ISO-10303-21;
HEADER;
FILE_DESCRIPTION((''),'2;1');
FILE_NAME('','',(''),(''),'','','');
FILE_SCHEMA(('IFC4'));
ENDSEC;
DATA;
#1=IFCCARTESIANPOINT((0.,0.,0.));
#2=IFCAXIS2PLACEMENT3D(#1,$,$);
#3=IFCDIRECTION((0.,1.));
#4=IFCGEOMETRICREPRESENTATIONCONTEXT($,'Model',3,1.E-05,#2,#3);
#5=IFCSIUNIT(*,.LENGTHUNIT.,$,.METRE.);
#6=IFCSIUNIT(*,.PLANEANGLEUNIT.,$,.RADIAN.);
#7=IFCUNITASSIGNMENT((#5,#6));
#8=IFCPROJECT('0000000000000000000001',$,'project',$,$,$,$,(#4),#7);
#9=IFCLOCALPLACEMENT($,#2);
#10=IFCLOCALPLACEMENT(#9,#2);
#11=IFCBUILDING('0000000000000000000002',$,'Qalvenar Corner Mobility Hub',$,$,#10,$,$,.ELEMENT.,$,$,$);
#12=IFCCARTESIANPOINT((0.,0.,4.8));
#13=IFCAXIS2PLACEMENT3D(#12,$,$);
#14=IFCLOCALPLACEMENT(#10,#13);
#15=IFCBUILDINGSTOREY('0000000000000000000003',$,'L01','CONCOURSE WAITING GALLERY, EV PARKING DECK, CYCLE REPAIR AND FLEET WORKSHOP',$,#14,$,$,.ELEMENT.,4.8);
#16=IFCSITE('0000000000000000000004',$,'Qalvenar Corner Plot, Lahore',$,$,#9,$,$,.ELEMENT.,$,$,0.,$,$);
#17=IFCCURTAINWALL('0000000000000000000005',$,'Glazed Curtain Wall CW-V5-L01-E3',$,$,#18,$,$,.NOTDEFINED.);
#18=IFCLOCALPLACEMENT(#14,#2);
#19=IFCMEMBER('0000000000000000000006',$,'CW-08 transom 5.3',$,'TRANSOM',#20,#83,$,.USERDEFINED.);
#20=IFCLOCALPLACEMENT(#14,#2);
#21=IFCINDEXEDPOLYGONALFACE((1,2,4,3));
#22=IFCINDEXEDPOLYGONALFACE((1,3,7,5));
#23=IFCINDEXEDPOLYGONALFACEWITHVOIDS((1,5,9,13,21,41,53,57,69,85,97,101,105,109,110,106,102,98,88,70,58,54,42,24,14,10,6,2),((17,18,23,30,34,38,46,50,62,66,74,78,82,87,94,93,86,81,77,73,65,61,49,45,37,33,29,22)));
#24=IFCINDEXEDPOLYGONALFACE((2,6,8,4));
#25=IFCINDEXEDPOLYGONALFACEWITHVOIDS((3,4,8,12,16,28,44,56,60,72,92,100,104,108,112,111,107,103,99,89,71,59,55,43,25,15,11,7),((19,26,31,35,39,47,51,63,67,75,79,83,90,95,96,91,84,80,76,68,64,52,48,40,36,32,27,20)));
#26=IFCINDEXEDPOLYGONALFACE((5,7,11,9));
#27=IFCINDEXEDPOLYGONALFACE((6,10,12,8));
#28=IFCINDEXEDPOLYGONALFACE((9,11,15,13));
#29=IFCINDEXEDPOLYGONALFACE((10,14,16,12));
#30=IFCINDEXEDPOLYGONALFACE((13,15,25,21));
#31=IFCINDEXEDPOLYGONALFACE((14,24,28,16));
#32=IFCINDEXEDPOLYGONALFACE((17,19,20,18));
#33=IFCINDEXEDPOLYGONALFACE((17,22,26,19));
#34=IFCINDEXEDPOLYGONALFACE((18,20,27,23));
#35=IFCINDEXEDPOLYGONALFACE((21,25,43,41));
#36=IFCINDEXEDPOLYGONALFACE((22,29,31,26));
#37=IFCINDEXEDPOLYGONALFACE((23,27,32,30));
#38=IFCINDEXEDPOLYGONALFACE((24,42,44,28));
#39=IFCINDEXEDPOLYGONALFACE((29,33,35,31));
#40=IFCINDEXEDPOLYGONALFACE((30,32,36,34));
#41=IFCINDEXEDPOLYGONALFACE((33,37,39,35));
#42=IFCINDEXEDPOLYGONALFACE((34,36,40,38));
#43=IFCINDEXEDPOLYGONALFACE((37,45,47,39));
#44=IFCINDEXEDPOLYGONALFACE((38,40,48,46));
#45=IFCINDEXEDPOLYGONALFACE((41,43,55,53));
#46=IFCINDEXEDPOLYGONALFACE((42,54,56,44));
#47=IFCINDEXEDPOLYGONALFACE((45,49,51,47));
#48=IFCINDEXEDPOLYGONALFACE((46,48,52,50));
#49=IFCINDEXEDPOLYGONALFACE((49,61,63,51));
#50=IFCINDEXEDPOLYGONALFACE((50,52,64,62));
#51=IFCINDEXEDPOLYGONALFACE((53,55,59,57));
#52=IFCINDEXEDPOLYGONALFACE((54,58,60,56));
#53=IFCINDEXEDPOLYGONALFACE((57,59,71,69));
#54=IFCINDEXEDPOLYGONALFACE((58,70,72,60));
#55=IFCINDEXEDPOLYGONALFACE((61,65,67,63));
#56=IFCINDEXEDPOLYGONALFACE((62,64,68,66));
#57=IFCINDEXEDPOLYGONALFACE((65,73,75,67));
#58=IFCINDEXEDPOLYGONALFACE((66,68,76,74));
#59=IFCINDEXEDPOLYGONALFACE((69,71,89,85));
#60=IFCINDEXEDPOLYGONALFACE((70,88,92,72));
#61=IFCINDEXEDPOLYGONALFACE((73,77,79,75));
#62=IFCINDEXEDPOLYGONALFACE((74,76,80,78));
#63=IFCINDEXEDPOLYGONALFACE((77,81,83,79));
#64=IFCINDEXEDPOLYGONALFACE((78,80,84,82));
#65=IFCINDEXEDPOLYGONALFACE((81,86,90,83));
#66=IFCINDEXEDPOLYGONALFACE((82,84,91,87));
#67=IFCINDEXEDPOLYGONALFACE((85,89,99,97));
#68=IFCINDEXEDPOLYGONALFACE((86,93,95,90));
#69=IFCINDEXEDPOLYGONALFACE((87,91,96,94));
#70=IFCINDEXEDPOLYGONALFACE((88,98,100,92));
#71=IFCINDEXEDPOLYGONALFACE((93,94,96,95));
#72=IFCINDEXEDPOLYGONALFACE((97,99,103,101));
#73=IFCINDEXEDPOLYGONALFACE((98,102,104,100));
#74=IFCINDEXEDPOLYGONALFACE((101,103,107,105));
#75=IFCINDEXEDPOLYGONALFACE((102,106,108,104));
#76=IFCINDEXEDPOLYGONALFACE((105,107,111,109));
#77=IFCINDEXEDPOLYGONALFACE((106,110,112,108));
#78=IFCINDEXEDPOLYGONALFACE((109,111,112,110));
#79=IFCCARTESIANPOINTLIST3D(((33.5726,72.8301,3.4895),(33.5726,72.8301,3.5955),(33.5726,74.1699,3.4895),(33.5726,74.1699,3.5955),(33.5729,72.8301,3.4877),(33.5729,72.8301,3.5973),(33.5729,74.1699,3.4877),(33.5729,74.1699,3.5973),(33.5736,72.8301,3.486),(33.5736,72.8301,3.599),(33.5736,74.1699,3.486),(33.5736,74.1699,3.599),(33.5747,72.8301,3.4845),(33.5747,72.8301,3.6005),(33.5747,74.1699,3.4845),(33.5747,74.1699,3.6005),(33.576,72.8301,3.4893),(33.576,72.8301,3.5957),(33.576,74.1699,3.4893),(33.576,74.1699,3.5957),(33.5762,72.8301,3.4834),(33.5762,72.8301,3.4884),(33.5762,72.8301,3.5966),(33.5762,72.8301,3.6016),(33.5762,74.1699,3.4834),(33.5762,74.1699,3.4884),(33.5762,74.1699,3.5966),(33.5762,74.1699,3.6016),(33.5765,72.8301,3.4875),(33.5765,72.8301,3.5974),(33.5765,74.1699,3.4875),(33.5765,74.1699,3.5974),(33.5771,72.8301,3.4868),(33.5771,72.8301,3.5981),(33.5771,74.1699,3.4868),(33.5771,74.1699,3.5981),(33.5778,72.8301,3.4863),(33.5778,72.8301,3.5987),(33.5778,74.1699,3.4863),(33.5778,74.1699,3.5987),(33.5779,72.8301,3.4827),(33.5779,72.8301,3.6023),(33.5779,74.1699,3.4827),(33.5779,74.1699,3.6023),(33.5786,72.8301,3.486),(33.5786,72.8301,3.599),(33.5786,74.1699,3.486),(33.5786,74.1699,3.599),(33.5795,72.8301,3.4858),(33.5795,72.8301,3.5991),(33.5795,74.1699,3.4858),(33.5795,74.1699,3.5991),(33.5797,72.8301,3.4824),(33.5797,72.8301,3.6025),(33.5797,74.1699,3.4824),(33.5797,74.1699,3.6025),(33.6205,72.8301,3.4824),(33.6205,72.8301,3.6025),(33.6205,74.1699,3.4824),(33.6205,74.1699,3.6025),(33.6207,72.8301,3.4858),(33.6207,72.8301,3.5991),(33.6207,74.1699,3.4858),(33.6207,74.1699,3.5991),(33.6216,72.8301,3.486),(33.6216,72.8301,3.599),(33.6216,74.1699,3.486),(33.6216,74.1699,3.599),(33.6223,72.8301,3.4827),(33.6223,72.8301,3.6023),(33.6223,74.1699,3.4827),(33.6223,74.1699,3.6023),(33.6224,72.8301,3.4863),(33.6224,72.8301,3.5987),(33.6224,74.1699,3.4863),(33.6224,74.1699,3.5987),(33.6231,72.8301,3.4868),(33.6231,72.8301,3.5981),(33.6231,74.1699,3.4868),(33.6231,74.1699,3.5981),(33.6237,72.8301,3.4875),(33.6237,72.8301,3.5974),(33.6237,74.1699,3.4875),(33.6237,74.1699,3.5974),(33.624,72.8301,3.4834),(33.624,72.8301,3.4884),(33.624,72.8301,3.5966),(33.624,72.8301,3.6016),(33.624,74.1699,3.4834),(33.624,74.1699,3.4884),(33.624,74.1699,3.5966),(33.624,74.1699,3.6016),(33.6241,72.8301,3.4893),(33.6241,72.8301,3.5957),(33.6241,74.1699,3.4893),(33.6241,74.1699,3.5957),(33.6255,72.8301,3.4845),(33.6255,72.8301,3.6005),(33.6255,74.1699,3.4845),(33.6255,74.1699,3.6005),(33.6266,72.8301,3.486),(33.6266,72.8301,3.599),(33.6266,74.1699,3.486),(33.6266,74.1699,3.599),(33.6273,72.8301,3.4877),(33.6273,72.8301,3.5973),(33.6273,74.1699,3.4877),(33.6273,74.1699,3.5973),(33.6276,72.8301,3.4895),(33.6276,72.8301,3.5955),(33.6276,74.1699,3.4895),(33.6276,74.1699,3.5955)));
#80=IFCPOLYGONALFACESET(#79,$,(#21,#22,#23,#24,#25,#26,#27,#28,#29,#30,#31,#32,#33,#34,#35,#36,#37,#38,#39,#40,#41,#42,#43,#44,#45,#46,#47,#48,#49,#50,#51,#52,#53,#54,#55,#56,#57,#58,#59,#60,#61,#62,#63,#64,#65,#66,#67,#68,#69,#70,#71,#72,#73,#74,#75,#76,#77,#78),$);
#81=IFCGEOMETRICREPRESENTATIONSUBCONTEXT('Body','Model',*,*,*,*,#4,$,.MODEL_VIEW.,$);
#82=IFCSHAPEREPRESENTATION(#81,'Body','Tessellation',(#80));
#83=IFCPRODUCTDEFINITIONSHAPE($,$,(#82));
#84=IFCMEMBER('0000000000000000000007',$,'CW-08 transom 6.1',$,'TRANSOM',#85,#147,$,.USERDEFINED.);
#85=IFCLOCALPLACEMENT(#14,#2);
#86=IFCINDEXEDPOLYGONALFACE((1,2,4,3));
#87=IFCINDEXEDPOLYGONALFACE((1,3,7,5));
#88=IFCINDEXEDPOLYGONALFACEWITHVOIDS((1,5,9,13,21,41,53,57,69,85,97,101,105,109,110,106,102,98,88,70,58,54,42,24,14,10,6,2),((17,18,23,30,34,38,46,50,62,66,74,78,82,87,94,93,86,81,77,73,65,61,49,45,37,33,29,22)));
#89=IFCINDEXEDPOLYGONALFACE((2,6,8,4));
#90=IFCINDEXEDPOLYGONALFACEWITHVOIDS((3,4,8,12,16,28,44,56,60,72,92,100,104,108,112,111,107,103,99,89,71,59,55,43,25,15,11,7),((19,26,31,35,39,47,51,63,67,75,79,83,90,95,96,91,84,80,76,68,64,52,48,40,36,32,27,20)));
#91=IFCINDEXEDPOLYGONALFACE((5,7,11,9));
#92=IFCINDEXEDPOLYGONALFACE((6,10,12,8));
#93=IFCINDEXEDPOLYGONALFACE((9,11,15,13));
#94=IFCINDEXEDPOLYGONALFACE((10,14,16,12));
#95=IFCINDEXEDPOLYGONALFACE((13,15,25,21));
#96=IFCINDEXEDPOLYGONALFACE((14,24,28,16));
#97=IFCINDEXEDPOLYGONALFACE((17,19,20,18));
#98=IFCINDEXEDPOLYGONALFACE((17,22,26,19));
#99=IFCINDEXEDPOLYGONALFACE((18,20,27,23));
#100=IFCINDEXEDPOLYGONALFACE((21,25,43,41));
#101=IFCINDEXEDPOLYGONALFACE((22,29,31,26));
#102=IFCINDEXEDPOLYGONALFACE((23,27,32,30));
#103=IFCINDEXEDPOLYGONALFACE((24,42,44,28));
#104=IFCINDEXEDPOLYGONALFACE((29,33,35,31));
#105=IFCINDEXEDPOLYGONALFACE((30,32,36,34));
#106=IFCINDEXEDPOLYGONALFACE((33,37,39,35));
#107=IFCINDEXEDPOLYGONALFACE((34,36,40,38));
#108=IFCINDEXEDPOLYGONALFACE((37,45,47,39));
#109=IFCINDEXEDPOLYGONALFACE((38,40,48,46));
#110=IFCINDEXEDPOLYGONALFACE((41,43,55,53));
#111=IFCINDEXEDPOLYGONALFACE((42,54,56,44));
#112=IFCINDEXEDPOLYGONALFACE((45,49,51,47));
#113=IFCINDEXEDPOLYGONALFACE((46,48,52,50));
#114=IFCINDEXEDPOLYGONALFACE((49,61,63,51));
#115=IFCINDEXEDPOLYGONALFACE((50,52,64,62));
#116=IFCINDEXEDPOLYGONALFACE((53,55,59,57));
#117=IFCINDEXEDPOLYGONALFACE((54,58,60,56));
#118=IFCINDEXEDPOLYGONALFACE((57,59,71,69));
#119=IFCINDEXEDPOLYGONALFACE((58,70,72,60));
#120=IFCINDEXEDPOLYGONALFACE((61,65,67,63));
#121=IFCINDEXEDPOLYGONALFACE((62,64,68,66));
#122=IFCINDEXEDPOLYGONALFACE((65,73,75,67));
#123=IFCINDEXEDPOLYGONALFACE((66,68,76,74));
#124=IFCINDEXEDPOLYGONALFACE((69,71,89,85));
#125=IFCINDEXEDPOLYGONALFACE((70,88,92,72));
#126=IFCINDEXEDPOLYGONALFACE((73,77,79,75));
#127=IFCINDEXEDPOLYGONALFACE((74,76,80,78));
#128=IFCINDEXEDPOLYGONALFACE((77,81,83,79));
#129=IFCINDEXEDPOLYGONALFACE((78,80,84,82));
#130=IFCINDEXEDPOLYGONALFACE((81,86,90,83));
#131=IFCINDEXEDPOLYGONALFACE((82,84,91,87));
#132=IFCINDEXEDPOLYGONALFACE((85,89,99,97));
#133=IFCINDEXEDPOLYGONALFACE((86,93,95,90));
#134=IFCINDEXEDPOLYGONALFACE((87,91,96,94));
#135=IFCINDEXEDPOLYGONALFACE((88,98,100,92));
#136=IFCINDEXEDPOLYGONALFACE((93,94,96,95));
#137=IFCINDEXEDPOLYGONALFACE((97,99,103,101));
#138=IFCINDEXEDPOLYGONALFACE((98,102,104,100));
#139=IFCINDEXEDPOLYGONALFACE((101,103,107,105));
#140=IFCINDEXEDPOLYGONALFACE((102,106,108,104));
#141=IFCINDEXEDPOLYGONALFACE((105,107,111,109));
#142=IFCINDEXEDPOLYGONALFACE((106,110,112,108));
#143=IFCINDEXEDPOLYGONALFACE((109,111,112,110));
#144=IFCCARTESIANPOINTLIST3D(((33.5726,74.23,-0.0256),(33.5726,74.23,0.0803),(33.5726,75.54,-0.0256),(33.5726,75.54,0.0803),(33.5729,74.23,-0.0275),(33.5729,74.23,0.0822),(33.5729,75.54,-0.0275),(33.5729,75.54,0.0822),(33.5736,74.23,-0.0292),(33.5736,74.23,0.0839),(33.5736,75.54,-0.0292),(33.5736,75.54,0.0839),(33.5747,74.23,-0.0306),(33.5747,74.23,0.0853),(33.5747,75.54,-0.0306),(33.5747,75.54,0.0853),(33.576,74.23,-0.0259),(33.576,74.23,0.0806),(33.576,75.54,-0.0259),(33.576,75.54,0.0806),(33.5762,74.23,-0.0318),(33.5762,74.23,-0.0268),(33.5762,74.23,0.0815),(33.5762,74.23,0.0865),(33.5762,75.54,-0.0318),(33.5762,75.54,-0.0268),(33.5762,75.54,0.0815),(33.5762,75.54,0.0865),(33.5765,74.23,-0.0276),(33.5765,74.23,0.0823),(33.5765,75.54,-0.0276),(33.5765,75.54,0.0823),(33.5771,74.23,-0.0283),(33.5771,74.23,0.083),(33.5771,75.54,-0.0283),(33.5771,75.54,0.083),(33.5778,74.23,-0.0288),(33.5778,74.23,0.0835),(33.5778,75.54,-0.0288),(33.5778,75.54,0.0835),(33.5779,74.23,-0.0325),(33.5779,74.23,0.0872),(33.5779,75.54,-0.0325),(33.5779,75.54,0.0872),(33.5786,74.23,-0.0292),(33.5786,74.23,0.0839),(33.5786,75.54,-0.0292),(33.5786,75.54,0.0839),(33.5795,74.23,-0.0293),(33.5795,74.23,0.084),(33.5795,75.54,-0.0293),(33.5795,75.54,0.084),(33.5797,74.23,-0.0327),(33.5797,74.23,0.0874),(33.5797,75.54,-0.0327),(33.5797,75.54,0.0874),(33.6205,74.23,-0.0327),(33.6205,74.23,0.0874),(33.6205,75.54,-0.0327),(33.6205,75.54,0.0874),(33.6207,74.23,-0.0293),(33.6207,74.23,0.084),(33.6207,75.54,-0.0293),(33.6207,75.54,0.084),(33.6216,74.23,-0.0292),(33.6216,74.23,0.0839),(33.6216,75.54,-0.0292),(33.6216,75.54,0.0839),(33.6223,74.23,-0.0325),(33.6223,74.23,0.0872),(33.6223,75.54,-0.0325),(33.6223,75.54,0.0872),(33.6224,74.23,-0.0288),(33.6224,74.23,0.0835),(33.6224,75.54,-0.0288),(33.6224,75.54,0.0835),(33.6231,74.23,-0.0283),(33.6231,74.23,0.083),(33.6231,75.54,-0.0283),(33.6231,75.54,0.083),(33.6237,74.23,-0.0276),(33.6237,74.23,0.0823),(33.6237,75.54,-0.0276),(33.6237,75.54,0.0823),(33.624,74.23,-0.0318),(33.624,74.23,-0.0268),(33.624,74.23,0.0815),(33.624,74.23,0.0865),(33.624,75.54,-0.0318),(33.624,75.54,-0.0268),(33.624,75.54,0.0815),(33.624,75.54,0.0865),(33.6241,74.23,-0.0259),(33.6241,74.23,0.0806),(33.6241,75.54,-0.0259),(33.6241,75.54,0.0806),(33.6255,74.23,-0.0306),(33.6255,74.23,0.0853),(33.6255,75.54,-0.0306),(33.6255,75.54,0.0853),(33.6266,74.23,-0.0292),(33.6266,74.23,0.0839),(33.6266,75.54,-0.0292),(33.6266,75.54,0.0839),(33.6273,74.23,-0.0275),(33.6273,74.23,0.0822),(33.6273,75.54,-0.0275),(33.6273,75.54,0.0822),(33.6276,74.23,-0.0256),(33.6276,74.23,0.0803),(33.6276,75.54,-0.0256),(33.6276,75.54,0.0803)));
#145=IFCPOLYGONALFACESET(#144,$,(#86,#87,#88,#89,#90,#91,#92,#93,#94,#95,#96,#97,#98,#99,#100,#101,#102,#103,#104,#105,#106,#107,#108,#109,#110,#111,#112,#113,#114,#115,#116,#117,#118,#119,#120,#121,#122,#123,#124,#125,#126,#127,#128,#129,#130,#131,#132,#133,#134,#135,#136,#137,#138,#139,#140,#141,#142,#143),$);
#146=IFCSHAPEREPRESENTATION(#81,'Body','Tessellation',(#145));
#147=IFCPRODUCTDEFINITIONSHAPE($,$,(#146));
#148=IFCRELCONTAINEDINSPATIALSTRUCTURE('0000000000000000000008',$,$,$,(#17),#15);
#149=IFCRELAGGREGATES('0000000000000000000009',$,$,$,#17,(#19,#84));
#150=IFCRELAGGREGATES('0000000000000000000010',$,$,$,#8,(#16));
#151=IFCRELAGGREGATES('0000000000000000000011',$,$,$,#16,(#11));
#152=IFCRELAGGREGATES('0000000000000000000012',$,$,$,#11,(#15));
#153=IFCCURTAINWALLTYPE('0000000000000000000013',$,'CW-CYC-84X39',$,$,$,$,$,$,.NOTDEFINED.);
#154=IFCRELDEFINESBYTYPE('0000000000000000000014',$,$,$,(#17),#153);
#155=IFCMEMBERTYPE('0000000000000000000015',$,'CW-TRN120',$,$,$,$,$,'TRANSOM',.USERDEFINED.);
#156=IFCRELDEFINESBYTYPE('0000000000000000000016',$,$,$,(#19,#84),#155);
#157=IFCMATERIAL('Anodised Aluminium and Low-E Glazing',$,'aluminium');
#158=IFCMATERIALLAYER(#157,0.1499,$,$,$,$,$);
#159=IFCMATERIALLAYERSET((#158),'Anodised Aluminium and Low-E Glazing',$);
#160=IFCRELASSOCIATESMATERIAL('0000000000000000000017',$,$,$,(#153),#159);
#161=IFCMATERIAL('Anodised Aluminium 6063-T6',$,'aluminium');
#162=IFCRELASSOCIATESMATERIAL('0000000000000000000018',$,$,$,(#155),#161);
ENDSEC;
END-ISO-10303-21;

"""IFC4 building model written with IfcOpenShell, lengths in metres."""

from ifc_helpers import new_model, si_unit, direction, frame, origin, origin_2d, place, context, subcontext, project, spatial, hollow_rectangle, extrude, material, layer, layer_set, material_profile, profile_set, type_object, element, aggregate, save


model = new_model("IFC4")

# Units and contexts
model_context = context("Model", 3, precision=1e-05, world=origin(), true_north=direction((0.0, 1.0)))
body_context = subcontext(model_context, "Body", "Model", "MODEL_VIEW")
ifc_project = project(units=[si_unit("LENGTHUNIT", "METRE"), si_unit("PLANEANGLEUNIT", "RADIAN")], contexts=[model_context])

# Site, building, storey
site_placement = place(None, origin())
site = spatial("IfcSite", under=ifc_project, at=site_placement, Name="Qalvenar Corner Plot, Lahore", CompositionType="ELEMENT", RefElevation=0.0)
building_placement = place(site_placement, origin())
building = spatial("IfcBuilding", under=site, at=building_placement, Name="Qalvenar Corner Mobility Hub", CompositionType="ELEMENT")
storey_placement = place(building_placement, frame((0.0, 0.0, 4.8)))
storey = spatial("IfcBuildingStorey", under=building, at=storey_placement, Name="L01", Description="CONCOURSE WAITING GALLERY, EV PARKING DECK, CYCLE REPAIR AND FLEET WORKSHOP", CompositionType="ELEMENT", Elevation=4.8)

# Curtain wall, members
ifc_material_1 = material(Name="Anodised Aluminium and Low-E Glazing", Category="aluminium")
ifc_layer_1 = layer(ifc_material_1, 0.1499)
ifc_layer_set_1 = layer_set([ifc_layer_1], Name="Anodised Aluminium and Low-E Glazing")
curtain_wall_type = type_object("IfcCurtainWallType", Name="CW-CYC-84X39", PredefinedType="NOTDEFINED", material=ifc_layer_set_1)
curtain_wall_placement = place(storey_placement, origin())
curtain_wall = element("IfcCurtainWall", 1, at=curtain_wall_placement, inside=storey, type_object=curtain_wall_type, Name="Glazed Curtain Wall CW-V5-L01-E3", PredefinedType="NOTDEFINED")
ifc_material_2 = material(Name="Anodised Aluminium 6063-T6", Category="aluminium")
ifc_material_profile_1 = material_profile(ifc_material_2, hollow_rectangle(XDim=0.0549, YDim=0.1201, WallThickness=0.0034, InnerFilletRadius=0.0034, OuterFilletRadius=0.0071, at=origin_2d()), Name="RHS120x55x3.5")
ifc_profile_set_1 = profile_set([ifc_material_profile_1], Name="Anodised Aluminium 6063-T6")
member_type_1 = type_object("IfcMemberType", Name="CW-TRN120", ElementType="TRANSOM", PredefinedType="USERDEFINED", material=ifc_profile_set_1)
member_1_placement = place(storey_placement, frame((33.6001, 72.8301, 3.5425), z_axis=(0.0, 1.0, 0.0), x_axis=(-1.0, 0.0, 0.0)))
member_1 = element("IfcMember", 2, at=member_1_placement, type_object=member_type_1, Name="CW-08 transom 5.3", ObjectType="TRANSOM", PredefinedType="USERDEFINED", context=body_context, shape_type="SweptSolid", body=[
    extrude(hollow_rectangle(XDim=0.0549, YDim=0.1201, WallThickness=0.0034, InnerFilletRadius=0.0034, OuterFilletRadius=0.0071, at=origin_2d()), origin(), (0.0, 0.0, 1.0), 1.3398),
])
member_2_placement = place(storey_placement, frame((33.6001, 74.23, 0.0273), z_axis=(0.0, 1.0, 0.0), x_axis=(-1.0, 0.0, 0.0)))
member_2 = element("IfcMember", 3, at=member_2_placement, type_object=member_type_1, Name="CW-08 transom 6.1", ObjectType="TRANSOM", PredefinedType="USERDEFINED", context=body_context, shape_type="SweptSolid", body=[
    extrude(hollow_rectangle(XDim=0.0549, YDim=0.1201, WallThickness=0.0034, InnerFilletRadius=0.0034, OuterFilletRadius=0.0071, at=origin_2d()), origin(), (0.0, 0.0, 1.0), 1.3101),
])
aggregate(curtain_wall, [member_1, member_2])

save(model, "model.ifc")
